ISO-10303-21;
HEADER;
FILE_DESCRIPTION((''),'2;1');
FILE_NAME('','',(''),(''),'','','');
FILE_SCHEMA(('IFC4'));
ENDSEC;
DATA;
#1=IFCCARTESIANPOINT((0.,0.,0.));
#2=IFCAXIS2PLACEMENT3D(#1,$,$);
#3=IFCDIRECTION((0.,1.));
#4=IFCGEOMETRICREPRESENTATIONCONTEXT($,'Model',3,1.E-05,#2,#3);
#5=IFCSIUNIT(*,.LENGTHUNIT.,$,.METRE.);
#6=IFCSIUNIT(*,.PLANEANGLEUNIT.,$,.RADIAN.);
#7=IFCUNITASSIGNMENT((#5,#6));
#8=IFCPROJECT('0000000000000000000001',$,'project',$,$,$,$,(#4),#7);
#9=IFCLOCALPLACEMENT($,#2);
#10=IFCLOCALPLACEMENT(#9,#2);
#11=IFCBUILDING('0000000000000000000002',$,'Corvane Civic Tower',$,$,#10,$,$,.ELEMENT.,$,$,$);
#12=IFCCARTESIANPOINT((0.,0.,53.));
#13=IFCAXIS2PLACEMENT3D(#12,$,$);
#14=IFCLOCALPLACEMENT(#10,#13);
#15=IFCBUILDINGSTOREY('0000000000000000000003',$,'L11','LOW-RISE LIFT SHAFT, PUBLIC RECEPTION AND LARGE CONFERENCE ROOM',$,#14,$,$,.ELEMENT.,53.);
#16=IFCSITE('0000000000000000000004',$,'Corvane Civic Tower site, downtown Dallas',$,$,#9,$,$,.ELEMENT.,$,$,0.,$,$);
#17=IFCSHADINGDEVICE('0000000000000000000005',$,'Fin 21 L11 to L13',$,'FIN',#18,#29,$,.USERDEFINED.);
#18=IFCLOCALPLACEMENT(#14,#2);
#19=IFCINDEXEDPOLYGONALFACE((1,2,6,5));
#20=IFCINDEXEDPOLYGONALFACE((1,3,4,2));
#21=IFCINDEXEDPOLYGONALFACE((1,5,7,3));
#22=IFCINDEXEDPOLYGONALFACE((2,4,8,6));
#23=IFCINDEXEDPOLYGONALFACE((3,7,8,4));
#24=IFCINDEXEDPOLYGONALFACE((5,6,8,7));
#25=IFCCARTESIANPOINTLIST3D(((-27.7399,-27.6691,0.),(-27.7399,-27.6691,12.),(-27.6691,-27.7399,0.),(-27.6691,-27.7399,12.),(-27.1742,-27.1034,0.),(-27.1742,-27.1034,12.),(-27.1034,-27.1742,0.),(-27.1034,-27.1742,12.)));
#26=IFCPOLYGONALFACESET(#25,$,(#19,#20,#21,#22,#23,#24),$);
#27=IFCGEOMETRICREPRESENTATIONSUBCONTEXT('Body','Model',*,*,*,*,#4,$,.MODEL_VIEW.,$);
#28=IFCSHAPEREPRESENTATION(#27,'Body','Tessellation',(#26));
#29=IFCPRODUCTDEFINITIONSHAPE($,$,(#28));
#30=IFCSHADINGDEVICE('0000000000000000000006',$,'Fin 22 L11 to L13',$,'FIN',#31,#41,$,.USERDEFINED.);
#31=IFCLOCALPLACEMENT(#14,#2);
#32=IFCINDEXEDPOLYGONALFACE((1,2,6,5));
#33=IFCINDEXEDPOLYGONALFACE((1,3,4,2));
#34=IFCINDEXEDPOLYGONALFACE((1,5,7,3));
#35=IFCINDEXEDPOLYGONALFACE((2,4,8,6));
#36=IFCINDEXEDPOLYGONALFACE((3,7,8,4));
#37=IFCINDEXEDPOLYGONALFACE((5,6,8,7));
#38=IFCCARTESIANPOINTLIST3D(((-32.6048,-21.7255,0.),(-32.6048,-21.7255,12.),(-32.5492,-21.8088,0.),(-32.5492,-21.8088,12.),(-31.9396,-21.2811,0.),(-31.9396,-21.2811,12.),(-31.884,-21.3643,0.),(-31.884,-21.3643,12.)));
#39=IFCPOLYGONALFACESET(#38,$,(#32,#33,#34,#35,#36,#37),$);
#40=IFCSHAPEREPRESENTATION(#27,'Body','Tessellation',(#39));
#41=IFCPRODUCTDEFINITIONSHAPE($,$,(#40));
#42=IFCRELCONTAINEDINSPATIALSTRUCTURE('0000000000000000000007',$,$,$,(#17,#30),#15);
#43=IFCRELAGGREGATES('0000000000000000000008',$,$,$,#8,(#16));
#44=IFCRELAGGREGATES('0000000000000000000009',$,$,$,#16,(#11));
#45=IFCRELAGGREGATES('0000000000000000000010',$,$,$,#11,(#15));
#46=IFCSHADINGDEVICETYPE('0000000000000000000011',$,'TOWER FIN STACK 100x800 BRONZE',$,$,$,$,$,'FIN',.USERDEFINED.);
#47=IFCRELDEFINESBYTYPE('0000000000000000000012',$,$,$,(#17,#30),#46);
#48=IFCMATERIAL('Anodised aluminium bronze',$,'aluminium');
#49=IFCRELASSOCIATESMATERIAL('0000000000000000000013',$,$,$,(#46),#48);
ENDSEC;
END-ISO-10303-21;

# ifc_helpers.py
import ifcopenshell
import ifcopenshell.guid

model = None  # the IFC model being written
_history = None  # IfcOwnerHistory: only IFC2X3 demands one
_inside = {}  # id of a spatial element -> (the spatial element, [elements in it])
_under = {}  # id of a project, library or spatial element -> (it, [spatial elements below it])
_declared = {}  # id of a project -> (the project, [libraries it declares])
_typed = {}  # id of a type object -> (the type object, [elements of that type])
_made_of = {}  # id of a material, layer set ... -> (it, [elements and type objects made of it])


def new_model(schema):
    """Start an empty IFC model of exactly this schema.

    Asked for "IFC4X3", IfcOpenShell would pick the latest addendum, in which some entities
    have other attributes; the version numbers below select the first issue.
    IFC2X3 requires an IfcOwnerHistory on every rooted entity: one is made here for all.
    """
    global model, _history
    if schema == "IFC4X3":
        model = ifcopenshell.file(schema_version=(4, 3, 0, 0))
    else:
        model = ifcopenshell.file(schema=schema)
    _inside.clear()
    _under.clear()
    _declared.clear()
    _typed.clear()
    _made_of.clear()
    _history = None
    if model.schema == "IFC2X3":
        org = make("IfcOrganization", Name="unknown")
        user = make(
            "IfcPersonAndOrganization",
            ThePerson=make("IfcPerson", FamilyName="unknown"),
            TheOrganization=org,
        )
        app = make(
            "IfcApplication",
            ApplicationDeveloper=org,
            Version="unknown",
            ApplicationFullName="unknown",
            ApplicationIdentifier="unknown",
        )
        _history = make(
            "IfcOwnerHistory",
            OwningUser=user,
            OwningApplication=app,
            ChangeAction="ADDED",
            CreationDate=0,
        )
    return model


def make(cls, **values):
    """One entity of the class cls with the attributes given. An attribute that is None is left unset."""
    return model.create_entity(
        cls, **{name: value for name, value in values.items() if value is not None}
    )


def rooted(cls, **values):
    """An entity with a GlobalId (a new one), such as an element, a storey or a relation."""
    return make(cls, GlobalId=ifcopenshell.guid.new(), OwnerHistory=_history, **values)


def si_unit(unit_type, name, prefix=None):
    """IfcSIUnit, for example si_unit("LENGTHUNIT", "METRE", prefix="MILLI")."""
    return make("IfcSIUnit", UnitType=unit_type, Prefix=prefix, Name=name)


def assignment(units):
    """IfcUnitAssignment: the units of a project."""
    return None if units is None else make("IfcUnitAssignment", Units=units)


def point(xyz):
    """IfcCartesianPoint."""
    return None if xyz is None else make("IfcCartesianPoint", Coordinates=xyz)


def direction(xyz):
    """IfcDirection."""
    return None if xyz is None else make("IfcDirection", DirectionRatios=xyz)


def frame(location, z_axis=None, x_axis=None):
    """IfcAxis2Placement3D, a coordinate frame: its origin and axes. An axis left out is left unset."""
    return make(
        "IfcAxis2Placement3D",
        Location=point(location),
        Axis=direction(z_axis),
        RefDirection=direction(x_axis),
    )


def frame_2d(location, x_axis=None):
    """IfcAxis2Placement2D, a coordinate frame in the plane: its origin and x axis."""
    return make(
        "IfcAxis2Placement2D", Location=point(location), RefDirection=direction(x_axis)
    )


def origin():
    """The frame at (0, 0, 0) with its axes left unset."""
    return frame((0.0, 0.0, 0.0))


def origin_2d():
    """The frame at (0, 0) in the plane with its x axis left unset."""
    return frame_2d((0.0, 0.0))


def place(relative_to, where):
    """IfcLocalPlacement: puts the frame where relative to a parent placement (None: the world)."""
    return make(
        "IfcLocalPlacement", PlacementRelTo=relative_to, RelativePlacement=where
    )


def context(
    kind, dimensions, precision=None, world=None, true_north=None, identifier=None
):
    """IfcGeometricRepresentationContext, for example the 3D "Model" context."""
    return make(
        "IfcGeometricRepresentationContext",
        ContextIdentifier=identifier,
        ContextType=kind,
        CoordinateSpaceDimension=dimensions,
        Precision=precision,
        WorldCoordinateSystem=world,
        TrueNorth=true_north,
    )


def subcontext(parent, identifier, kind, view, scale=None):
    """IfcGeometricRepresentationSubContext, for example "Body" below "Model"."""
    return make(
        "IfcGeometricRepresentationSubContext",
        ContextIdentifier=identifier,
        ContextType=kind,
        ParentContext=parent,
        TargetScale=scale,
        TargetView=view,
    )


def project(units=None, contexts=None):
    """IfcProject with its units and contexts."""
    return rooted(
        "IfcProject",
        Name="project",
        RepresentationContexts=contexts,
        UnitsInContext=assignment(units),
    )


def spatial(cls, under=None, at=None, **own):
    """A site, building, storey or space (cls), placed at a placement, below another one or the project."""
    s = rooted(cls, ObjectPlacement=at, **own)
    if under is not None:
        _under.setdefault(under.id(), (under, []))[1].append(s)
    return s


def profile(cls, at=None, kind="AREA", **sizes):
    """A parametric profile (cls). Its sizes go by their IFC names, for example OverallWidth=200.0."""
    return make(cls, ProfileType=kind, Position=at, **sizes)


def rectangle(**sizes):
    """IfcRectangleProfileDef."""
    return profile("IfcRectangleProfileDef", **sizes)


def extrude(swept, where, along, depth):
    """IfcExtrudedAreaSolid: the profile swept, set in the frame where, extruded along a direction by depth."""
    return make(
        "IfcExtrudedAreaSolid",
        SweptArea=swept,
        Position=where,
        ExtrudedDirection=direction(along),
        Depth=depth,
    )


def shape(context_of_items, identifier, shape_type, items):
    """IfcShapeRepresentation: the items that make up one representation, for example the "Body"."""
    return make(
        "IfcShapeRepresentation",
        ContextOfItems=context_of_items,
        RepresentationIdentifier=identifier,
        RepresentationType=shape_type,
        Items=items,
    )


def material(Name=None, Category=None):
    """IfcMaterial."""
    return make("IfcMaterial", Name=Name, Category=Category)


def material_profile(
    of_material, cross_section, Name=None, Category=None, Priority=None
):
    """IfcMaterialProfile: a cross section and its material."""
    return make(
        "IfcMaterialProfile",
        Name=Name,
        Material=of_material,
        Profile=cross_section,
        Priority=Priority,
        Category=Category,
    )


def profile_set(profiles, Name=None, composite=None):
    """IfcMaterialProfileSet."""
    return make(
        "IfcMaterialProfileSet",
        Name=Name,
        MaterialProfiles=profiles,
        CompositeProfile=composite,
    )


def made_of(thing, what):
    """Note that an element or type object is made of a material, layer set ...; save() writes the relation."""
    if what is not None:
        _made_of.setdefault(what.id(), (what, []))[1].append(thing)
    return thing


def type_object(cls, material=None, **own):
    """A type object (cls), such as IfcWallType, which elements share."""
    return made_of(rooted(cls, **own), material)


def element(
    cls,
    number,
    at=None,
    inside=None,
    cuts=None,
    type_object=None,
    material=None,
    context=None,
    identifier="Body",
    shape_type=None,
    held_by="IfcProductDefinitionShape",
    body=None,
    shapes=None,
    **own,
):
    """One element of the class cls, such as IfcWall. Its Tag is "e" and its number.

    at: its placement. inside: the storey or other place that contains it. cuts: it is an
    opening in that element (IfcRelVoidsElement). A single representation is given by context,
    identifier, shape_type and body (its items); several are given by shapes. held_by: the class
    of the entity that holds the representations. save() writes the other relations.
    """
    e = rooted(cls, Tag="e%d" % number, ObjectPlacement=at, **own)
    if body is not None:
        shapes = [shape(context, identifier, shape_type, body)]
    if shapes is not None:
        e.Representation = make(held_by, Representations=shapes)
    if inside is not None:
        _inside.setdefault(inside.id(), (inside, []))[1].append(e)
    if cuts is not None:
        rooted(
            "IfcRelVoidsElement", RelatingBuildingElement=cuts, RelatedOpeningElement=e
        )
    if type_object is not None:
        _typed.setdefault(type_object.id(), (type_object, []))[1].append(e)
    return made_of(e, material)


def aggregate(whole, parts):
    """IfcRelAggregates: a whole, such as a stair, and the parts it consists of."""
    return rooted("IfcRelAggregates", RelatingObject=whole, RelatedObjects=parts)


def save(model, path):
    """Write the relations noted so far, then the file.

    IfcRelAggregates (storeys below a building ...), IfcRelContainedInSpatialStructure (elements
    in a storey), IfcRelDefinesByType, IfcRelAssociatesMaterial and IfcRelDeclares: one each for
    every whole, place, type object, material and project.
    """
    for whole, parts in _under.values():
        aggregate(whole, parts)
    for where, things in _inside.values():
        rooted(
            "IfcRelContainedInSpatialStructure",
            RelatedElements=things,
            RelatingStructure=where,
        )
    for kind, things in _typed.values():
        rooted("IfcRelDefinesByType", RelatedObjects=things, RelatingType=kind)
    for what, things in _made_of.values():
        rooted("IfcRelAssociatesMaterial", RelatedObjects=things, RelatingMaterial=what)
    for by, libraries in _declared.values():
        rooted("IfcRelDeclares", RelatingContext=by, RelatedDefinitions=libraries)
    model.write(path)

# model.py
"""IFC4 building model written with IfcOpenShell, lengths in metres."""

from ifc_helpers import new_model, si_unit, direction, frame, origin, origin_2d, place, context, subcontext, project, spatial, rectangle, extrude, material, material_profile, profile_set, type_object, element, save


model = new_model("IFC4")

# Units and contexts
model_context = context("Model", 3, precision=1e-05, world=origin(), true_north=direction((0.0, 1.0)))
body_context = subcontext(model_context, "Body", "Model", "MODEL_VIEW")
ifc_project = project(units=[si_unit("LENGTHUNIT", "METRE"), si_unit("PLANEANGLEUNIT", "RADIAN")], contexts=[model_context])

# Site, building, storey
site_placement = place(None, origin())
site = spatial("IfcSite", under=ifc_project, at=site_placement, Name="Corvane Civic Tower site, downtown Dallas", CompositionType="ELEMENT", RefElevation=0.0)
building_placement = place(site_placement, origin())
building = spatial("IfcBuilding", under=site, at=building_placement, Name="Corvane Civic Tower", CompositionType="ELEMENT")
storey_placement = place(building_placement, frame((0.0, 0.0, 53.0)))
storey = spatial("IfcBuildingStorey", under=building, at=storey_placement, Name="L11", Description="LOW-RISE LIFT SHAFT, PUBLIC RECEPTION AND LARGE CONFERENCE ROOM", CompositionType="ELEMENT", Elevation=53.0)

# Shading devices
ifc_material_1 = material(Name="Anodised aluminium bronze", Category="aluminium")
ifc_material_profile_1 = material_profile(ifc_material_1, rectangle(XDim=0.1001, YDim=0.8, at=origin_2d()), Name="TOWER FIN STACK 100x800 BRONZE")
ifc_profile_set_1 = profile_set([ifc_material_profile_1], Name="Anodised aluminium bronze")
shading_device_type = type_object("IfcShadingDeviceType", Name="TOWER FIN STACK 100x800 BRONZE", ElementType="FIN", PredefinedType="USERDEFINED", material=ifc_profile_set_1)
for number, where, z_axis, x_axis, name in (
    (1, (-27.4216, -27.4216, 0.0), (0.0, 0.0, 1.0), (-0.707107, 0.707107, 0.0), "Fin 21 L11 to L13"),
    (2, (-32.2444, -21.5449, 0.0), (0.0, 0.0, 1.0), (-0.55557, 0.83147, 0.0), "Fin 22 L11 to L13"),
):
    element("IfcShadingDevice", number, at=place(storey_placement, frame(where, z_axis=z_axis, x_axis=x_axis)), inside=storey, type_object=shading_device_type, Name=name, ObjectType="FIN", PredefinedType="USERDEFINED", context=body_context, shape_type="SweptSolid", body=[
        extrude(rectangle(XDim=0.1001, YDim=0.8, at=origin_2d()), origin(), (0.0, 0.0, 1.0), 12.0),
    ])

save(model, "model.ifc")
